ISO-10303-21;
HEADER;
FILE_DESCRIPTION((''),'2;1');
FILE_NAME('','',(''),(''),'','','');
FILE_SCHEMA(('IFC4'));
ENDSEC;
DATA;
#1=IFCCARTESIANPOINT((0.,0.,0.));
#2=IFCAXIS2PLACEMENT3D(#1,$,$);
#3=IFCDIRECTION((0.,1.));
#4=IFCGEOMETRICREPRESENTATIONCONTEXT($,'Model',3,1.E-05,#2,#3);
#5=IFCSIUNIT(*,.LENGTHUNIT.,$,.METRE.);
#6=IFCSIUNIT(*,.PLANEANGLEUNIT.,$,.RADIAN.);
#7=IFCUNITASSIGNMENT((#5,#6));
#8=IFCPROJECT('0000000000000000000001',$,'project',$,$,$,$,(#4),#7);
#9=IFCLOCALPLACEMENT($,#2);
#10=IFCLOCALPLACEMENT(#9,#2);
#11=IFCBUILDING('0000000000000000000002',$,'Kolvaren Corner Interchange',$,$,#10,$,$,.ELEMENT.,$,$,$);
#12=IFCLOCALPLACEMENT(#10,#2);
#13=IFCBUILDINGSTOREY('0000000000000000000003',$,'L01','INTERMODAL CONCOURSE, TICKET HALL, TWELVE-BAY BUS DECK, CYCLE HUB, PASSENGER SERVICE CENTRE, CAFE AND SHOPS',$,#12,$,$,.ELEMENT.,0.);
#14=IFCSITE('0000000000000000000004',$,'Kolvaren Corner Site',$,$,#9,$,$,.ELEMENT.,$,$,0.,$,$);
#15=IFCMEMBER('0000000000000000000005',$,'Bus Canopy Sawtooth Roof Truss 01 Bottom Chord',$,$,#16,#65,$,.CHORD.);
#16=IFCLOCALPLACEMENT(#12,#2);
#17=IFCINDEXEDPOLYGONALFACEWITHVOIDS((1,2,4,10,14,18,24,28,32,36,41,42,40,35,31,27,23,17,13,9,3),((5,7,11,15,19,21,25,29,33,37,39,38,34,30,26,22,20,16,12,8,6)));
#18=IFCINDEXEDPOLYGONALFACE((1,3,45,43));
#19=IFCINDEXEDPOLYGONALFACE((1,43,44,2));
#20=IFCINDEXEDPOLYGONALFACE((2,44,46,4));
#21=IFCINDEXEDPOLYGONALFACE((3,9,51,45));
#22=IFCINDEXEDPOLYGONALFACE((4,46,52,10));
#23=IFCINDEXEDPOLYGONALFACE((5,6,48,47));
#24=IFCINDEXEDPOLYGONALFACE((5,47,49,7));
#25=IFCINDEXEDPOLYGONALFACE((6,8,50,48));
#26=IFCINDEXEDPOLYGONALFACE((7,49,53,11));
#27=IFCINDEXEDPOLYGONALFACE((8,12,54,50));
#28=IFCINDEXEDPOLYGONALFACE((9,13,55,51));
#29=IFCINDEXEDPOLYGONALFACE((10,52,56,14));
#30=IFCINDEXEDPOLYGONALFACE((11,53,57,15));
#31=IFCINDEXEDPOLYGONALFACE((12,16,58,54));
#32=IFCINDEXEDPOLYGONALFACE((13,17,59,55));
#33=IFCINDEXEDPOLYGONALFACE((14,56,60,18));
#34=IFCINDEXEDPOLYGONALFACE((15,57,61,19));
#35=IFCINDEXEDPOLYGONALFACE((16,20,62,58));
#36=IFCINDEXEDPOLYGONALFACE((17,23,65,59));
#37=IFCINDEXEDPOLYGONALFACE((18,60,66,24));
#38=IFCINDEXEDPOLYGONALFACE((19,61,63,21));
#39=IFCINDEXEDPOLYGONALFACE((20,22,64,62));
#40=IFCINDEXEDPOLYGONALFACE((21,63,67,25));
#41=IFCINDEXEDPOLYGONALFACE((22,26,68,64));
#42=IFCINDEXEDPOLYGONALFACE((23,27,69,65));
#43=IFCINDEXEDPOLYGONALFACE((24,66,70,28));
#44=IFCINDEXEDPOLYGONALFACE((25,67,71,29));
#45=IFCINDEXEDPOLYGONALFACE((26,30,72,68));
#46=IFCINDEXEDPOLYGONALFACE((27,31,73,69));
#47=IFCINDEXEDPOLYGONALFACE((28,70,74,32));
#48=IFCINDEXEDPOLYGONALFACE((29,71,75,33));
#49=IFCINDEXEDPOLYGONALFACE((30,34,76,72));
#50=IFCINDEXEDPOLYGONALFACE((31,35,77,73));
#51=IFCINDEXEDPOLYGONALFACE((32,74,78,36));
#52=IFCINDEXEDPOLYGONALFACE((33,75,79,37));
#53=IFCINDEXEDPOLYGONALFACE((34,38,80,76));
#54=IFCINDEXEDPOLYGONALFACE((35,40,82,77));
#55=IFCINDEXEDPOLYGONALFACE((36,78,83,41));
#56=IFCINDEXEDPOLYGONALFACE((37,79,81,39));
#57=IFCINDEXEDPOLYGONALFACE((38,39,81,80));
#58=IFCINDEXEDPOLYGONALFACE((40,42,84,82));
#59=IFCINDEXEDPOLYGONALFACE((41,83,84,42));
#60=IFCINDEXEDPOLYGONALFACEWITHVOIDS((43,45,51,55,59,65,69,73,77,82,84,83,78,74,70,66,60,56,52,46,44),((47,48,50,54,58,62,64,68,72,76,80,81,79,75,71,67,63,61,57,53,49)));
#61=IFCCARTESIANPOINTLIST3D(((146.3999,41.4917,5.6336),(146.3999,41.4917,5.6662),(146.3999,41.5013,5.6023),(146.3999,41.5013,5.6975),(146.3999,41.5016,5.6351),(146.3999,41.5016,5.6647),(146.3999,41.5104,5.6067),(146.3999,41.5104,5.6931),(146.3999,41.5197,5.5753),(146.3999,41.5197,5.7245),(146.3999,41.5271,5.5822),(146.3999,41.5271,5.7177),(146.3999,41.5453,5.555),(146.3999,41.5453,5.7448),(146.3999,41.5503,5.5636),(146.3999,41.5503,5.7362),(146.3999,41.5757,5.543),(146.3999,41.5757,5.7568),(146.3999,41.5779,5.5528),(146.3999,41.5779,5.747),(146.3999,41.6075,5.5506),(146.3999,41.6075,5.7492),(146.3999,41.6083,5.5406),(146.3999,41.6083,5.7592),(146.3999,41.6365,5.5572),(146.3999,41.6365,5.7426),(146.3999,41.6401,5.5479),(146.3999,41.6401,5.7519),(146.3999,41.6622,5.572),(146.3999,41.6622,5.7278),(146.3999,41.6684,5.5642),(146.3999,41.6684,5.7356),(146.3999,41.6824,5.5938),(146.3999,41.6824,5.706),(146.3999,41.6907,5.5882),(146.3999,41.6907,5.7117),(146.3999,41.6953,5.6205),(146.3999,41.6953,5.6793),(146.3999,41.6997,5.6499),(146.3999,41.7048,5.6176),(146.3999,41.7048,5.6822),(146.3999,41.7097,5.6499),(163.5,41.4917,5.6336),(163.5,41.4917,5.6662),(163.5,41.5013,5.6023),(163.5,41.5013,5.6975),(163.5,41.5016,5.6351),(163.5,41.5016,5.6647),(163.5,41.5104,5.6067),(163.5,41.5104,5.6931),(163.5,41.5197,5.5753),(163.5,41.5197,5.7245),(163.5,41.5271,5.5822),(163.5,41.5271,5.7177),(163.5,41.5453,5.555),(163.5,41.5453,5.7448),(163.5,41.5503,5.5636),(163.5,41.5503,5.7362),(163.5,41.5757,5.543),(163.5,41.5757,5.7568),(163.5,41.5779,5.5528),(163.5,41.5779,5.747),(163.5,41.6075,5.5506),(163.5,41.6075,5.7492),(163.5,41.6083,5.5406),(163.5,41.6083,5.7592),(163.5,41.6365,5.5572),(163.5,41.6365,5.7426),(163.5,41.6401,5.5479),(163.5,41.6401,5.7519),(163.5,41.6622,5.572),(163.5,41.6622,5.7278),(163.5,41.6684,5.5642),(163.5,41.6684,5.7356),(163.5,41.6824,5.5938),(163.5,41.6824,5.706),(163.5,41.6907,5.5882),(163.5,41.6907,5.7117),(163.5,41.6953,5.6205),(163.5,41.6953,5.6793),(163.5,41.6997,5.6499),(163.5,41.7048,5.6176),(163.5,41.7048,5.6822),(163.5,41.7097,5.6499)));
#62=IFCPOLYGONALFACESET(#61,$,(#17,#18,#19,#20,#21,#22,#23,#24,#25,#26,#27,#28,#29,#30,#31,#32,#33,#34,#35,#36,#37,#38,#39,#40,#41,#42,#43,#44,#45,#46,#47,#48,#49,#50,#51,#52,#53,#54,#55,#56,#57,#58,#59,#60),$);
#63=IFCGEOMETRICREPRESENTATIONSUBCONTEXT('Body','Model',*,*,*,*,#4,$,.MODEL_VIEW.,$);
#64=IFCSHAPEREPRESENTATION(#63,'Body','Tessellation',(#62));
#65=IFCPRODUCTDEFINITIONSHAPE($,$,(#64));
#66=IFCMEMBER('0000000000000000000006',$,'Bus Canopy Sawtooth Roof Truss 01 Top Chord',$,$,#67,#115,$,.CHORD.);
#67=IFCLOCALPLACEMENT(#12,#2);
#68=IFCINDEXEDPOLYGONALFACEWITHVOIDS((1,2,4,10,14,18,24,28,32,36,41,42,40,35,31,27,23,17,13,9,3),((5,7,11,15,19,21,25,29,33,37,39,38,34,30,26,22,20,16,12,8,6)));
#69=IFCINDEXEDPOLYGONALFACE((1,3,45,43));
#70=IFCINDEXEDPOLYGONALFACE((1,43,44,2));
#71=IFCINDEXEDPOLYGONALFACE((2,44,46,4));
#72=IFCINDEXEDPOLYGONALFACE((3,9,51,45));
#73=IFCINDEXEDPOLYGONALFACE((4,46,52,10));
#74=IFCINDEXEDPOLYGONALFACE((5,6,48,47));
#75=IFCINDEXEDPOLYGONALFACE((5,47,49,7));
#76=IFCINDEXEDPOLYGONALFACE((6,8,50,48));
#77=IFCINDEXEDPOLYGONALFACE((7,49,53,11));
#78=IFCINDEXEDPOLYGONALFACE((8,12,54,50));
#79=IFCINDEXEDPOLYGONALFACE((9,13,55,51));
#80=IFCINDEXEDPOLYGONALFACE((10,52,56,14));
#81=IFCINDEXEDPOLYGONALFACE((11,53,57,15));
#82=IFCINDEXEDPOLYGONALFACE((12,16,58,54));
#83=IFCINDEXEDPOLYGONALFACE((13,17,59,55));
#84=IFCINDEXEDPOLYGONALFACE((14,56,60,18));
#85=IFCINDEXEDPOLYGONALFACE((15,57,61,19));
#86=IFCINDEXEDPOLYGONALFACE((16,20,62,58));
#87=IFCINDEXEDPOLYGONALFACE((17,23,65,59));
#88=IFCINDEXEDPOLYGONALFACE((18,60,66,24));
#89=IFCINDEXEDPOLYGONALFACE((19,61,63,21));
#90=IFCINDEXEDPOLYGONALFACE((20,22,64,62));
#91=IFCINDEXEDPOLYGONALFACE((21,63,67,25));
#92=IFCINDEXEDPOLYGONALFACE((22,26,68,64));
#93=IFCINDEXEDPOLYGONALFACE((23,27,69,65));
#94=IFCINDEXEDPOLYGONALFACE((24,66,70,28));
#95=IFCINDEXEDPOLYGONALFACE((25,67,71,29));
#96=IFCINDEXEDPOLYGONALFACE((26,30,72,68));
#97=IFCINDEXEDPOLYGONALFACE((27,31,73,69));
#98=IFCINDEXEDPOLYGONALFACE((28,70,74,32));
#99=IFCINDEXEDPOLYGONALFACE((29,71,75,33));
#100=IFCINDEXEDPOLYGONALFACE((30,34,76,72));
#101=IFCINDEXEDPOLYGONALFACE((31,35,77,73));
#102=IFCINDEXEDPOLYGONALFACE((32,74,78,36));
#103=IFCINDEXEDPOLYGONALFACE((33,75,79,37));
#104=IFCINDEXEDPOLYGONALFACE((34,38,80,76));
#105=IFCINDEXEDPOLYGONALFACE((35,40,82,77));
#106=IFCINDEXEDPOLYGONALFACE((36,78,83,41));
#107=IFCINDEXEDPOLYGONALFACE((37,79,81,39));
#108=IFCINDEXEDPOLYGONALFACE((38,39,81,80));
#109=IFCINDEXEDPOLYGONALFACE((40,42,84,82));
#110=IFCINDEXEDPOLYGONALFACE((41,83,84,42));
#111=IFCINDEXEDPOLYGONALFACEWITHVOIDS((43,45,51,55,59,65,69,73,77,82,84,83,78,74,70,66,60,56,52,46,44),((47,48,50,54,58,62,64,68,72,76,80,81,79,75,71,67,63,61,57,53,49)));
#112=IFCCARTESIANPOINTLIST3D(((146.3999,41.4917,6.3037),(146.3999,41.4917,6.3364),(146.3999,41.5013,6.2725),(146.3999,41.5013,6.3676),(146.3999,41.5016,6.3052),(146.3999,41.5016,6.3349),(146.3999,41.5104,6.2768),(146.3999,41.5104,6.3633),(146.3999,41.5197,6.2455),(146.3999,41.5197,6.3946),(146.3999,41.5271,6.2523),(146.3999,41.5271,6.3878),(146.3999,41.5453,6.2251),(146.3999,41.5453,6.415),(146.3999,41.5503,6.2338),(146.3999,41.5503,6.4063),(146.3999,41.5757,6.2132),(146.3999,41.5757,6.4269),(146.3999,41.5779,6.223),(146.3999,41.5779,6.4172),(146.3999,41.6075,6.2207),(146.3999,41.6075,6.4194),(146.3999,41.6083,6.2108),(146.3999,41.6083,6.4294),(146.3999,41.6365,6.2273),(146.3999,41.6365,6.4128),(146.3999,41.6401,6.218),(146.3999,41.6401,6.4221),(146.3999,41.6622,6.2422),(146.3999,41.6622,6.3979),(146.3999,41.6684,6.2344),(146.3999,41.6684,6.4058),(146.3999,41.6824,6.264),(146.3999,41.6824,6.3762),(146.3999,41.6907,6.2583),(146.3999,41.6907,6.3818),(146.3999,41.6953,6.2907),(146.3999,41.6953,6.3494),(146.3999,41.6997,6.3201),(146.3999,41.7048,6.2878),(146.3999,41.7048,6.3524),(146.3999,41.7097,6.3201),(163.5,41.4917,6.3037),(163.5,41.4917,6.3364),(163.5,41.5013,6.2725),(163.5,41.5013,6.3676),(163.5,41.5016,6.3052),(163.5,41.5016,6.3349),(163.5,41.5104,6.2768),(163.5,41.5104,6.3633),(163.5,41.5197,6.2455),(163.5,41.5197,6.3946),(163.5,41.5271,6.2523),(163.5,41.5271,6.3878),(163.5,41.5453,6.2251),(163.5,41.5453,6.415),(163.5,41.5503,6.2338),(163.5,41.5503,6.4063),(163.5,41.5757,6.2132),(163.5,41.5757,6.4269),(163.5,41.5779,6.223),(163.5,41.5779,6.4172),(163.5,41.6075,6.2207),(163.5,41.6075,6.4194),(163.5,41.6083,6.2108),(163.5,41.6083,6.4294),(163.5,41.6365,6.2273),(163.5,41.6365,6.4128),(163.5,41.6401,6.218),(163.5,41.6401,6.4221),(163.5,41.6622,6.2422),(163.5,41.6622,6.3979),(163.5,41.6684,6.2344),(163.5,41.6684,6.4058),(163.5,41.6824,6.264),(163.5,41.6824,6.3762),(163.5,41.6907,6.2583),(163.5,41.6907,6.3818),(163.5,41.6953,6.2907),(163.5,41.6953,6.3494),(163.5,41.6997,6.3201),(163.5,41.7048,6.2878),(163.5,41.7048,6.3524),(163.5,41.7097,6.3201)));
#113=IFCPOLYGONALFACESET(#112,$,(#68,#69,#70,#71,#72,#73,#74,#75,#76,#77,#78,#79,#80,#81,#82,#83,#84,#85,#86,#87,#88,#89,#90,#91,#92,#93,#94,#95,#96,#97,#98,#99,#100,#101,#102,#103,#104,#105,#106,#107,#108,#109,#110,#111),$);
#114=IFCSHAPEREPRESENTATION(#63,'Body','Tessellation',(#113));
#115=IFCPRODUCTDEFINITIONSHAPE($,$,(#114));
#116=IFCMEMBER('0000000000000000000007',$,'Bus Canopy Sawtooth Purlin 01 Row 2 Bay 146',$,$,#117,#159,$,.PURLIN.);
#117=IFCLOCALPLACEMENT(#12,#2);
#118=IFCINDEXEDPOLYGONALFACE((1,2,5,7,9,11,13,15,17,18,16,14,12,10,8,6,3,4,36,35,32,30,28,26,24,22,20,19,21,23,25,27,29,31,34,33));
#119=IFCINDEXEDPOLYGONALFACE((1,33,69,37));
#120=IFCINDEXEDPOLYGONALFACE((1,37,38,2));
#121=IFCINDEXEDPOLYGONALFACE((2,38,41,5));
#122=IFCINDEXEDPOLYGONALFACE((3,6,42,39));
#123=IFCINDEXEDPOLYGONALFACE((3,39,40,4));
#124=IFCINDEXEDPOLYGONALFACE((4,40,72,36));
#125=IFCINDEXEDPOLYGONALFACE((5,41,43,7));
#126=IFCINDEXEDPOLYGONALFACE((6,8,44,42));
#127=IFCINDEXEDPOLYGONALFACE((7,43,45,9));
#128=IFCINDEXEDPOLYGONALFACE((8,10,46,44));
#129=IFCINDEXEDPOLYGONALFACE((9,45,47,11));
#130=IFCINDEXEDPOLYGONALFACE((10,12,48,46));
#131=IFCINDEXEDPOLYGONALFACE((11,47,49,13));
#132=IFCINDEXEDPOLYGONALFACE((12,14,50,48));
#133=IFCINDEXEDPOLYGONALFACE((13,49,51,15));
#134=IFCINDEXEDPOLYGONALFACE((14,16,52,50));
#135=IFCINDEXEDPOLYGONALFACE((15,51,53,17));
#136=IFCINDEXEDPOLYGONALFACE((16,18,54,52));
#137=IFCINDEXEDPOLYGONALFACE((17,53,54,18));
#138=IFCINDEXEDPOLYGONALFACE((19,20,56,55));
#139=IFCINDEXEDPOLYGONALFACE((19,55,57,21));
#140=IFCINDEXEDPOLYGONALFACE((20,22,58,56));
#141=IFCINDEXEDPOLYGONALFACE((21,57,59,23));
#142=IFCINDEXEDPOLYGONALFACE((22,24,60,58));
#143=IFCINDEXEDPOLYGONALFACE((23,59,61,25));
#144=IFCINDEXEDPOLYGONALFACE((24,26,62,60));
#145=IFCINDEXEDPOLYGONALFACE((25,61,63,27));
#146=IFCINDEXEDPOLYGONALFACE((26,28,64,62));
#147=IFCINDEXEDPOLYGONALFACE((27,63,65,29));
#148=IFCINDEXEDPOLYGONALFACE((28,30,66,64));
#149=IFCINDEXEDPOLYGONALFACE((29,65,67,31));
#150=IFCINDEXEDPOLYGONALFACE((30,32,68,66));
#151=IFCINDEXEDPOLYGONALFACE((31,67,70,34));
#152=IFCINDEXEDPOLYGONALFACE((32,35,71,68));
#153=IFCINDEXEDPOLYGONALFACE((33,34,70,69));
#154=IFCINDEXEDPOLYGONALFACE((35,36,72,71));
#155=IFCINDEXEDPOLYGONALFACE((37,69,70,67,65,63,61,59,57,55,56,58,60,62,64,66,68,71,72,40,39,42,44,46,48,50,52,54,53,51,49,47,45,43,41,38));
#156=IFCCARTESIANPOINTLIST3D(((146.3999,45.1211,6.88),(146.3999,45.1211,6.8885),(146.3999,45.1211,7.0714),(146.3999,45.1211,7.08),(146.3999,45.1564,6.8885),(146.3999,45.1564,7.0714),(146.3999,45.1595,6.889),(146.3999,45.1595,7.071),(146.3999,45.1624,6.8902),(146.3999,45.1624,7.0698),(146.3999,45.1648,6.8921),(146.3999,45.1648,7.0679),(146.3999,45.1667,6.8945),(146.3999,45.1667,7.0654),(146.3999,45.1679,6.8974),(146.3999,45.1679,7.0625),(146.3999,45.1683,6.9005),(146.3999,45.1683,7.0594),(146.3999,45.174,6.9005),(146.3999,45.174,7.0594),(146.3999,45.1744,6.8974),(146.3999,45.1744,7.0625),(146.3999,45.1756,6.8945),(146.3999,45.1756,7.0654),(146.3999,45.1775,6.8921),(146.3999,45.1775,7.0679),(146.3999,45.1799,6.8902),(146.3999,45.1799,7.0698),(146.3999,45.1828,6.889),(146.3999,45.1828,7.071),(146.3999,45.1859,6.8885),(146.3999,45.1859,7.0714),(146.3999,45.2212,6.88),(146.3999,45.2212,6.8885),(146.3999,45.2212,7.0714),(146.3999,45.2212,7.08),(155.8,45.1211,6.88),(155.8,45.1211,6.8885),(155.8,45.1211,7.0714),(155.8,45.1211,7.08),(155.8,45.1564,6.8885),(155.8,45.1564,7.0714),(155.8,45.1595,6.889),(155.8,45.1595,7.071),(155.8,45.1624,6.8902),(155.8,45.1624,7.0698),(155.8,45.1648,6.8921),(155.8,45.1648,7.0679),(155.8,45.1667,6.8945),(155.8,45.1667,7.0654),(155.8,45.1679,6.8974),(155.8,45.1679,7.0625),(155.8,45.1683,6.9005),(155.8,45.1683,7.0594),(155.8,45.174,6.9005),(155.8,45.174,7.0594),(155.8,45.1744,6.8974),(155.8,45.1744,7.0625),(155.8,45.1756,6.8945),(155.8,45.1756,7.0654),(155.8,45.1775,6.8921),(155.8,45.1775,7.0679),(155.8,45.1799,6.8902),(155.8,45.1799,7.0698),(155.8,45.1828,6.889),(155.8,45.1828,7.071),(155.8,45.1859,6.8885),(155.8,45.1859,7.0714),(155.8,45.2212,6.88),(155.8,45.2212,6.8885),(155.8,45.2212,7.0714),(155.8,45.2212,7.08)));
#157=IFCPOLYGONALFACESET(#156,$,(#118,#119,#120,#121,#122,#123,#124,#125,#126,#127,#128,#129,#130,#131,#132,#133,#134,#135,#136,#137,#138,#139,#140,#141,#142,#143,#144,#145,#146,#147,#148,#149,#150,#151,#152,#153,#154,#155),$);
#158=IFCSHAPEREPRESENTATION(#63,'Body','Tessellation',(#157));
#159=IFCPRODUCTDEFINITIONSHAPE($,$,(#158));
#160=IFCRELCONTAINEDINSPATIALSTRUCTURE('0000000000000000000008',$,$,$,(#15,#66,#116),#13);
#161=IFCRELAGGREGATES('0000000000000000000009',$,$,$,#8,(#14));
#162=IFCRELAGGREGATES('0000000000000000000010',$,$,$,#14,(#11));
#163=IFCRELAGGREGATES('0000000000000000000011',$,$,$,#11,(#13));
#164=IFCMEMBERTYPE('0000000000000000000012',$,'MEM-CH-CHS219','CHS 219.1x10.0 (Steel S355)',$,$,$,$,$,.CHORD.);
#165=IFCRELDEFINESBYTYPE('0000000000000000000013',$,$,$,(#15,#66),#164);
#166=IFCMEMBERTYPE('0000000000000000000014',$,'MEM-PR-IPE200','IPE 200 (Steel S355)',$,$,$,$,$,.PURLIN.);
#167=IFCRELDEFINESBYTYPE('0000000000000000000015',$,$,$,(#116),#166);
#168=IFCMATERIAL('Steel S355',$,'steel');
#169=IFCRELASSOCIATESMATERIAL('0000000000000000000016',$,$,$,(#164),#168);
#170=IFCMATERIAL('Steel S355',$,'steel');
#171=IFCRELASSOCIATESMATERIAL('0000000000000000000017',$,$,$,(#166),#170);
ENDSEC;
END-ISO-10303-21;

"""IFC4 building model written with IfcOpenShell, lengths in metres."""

from ifc_helpers import new_model, si_unit, direction, frame, origin, origin_2d, place, context, subcontext, project, spatial, hollow_circle, i_section, extrude, material, material_profile, profile_set, type_object, element, save


model = new_model("IFC4")

# Units and contexts
model_context = context("Model", 3, precision=1e-05, world=origin(), true_north=direction((0.0, 1.0)))
body_context = subcontext(model_context, "Body", "Model", "MODEL_VIEW")
ifc_project = project(units=[si_unit("LENGTHUNIT", "METRE"), si_unit("PLANEANGLEUNIT", "RADIAN")], contexts=[model_context])

# Site, building, storey
site_placement = place(None, origin())
site = spatial("IfcSite", under=ifc_project, at=site_placement, Name="Kolvaren Corner Site", CompositionType="ELEMENT", RefElevation=0.0)
building_placement = place(site_placement, origin())
building = spatial("IfcBuilding", under=site, at=building_placement, Name="Kolvaren Corner Interchange", CompositionType="ELEMENT")
storey_placement = place(building_placement, origin())
storey = spatial("IfcBuildingStorey", under=building, at=storey_placement, Name="L01", Description="INTERMODAL CONCOURSE, TICKET HALL, TWELVE-BAY BUS DECK, CYCLE HUB, PASSENGER SERVICE CENTRE, CAFE AND SHOPS", CompositionType="ELEMENT", Elevation=0.0)

# Members
ifc_material_1 = material(Name="Steel S355", Category="steel")
ifc_material_profile_1 = material_profile(ifc_material_1, hollow_circle(Radius=0.1096, WallThickness=0.01, at=origin_2d()), Name="CHS 219.1x10.0")
ifc_profile_set_1 = profile_set([ifc_material_profile_1], Name="Steel S355")
member_type_1 = type_object("IfcMemberType", Name="MEM-CH-CHS219", Description="CHS 219.1x10.0 (Steel S355)", PredefinedType="CHORD", material=ifc_profile_set_1)
for number, where, z_axis, x_axis, name in (
    (1, (146.3999, 41.6001, 5.6499), (1.0, 0.0, 0.0), (0.0, 1.0, 0.0), "Bus Canopy Sawtooth Roof Truss 01 Bottom Chord"),
    (2, (146.3999, 41.6001, 6.3201), (1.0, 0.0, 0.0), (0.0, 1.0, 0.0), "Bus Canopy Sawtooth Roof Truss 01 Top Chord"),
):
    element("IfcMember", number, at=place(storey_placement, frame(where, z_axis=z_axis, x_axis=x_axis)), inside=storey, type_object=member_type_1, Name=name, PredefinedType="CHORD", context=body_context, shape_type="SweptSolid", body=[
        extrude(hollow_circle(Radius=0.1096, WallThickness=0.01, at=origin_2d()), origin(), (0.0, 0.0, 1.0), 17.1001),
    ])
ifc_material_2 = material(Name="Steel S355", Category="steel")
ifc_material_profile_2 = material_profile(ifc_material_2, i_section(OverallWidth=0.1001, OverallDepth=0.2, WebThickness=0.0056, FlangeThickness=0.0085, FilletRadius=0.012, at=origin_2d()), Name="IPE 200")
ifc_profile_set_2 = profile_set([ifc_material_profile_2], Name="Steel S355")
member_type_2 = type_object("IfcMemberType", Name="MEM-PR-IPE200", Description="IPE 200 (Steel S355)", PredefinedType="PURLIN", material=ifc_profile_set_2)
member_1_placement = place(storey_placement, frame((146.3999, 45.1711, 6.98), z_axis=(1.0, 0.0, 0.0), x_axis=(0.0, 1.0, 0.0)))
element("IfcMember", 3, at=member_1_placement, inside=storey, type_object=member_type_2, Name="Bus Canopy Sawtooth Purlin 01 Row 2 Bay 146", PredefinedType="PURLIN", context=body_context, shape_type="SweptSolid", body=[
    extrude(i_section(OverallWidth=0.1001, OverallDepth=0.2, WebThickness=0.0056, FlangeThickness=0.0085, FilletRadius=0.012, at=origin_2d()), origin(), (0.0, 0.0, 1.0), 9.4001),
])

save(model, "model.ifc")
